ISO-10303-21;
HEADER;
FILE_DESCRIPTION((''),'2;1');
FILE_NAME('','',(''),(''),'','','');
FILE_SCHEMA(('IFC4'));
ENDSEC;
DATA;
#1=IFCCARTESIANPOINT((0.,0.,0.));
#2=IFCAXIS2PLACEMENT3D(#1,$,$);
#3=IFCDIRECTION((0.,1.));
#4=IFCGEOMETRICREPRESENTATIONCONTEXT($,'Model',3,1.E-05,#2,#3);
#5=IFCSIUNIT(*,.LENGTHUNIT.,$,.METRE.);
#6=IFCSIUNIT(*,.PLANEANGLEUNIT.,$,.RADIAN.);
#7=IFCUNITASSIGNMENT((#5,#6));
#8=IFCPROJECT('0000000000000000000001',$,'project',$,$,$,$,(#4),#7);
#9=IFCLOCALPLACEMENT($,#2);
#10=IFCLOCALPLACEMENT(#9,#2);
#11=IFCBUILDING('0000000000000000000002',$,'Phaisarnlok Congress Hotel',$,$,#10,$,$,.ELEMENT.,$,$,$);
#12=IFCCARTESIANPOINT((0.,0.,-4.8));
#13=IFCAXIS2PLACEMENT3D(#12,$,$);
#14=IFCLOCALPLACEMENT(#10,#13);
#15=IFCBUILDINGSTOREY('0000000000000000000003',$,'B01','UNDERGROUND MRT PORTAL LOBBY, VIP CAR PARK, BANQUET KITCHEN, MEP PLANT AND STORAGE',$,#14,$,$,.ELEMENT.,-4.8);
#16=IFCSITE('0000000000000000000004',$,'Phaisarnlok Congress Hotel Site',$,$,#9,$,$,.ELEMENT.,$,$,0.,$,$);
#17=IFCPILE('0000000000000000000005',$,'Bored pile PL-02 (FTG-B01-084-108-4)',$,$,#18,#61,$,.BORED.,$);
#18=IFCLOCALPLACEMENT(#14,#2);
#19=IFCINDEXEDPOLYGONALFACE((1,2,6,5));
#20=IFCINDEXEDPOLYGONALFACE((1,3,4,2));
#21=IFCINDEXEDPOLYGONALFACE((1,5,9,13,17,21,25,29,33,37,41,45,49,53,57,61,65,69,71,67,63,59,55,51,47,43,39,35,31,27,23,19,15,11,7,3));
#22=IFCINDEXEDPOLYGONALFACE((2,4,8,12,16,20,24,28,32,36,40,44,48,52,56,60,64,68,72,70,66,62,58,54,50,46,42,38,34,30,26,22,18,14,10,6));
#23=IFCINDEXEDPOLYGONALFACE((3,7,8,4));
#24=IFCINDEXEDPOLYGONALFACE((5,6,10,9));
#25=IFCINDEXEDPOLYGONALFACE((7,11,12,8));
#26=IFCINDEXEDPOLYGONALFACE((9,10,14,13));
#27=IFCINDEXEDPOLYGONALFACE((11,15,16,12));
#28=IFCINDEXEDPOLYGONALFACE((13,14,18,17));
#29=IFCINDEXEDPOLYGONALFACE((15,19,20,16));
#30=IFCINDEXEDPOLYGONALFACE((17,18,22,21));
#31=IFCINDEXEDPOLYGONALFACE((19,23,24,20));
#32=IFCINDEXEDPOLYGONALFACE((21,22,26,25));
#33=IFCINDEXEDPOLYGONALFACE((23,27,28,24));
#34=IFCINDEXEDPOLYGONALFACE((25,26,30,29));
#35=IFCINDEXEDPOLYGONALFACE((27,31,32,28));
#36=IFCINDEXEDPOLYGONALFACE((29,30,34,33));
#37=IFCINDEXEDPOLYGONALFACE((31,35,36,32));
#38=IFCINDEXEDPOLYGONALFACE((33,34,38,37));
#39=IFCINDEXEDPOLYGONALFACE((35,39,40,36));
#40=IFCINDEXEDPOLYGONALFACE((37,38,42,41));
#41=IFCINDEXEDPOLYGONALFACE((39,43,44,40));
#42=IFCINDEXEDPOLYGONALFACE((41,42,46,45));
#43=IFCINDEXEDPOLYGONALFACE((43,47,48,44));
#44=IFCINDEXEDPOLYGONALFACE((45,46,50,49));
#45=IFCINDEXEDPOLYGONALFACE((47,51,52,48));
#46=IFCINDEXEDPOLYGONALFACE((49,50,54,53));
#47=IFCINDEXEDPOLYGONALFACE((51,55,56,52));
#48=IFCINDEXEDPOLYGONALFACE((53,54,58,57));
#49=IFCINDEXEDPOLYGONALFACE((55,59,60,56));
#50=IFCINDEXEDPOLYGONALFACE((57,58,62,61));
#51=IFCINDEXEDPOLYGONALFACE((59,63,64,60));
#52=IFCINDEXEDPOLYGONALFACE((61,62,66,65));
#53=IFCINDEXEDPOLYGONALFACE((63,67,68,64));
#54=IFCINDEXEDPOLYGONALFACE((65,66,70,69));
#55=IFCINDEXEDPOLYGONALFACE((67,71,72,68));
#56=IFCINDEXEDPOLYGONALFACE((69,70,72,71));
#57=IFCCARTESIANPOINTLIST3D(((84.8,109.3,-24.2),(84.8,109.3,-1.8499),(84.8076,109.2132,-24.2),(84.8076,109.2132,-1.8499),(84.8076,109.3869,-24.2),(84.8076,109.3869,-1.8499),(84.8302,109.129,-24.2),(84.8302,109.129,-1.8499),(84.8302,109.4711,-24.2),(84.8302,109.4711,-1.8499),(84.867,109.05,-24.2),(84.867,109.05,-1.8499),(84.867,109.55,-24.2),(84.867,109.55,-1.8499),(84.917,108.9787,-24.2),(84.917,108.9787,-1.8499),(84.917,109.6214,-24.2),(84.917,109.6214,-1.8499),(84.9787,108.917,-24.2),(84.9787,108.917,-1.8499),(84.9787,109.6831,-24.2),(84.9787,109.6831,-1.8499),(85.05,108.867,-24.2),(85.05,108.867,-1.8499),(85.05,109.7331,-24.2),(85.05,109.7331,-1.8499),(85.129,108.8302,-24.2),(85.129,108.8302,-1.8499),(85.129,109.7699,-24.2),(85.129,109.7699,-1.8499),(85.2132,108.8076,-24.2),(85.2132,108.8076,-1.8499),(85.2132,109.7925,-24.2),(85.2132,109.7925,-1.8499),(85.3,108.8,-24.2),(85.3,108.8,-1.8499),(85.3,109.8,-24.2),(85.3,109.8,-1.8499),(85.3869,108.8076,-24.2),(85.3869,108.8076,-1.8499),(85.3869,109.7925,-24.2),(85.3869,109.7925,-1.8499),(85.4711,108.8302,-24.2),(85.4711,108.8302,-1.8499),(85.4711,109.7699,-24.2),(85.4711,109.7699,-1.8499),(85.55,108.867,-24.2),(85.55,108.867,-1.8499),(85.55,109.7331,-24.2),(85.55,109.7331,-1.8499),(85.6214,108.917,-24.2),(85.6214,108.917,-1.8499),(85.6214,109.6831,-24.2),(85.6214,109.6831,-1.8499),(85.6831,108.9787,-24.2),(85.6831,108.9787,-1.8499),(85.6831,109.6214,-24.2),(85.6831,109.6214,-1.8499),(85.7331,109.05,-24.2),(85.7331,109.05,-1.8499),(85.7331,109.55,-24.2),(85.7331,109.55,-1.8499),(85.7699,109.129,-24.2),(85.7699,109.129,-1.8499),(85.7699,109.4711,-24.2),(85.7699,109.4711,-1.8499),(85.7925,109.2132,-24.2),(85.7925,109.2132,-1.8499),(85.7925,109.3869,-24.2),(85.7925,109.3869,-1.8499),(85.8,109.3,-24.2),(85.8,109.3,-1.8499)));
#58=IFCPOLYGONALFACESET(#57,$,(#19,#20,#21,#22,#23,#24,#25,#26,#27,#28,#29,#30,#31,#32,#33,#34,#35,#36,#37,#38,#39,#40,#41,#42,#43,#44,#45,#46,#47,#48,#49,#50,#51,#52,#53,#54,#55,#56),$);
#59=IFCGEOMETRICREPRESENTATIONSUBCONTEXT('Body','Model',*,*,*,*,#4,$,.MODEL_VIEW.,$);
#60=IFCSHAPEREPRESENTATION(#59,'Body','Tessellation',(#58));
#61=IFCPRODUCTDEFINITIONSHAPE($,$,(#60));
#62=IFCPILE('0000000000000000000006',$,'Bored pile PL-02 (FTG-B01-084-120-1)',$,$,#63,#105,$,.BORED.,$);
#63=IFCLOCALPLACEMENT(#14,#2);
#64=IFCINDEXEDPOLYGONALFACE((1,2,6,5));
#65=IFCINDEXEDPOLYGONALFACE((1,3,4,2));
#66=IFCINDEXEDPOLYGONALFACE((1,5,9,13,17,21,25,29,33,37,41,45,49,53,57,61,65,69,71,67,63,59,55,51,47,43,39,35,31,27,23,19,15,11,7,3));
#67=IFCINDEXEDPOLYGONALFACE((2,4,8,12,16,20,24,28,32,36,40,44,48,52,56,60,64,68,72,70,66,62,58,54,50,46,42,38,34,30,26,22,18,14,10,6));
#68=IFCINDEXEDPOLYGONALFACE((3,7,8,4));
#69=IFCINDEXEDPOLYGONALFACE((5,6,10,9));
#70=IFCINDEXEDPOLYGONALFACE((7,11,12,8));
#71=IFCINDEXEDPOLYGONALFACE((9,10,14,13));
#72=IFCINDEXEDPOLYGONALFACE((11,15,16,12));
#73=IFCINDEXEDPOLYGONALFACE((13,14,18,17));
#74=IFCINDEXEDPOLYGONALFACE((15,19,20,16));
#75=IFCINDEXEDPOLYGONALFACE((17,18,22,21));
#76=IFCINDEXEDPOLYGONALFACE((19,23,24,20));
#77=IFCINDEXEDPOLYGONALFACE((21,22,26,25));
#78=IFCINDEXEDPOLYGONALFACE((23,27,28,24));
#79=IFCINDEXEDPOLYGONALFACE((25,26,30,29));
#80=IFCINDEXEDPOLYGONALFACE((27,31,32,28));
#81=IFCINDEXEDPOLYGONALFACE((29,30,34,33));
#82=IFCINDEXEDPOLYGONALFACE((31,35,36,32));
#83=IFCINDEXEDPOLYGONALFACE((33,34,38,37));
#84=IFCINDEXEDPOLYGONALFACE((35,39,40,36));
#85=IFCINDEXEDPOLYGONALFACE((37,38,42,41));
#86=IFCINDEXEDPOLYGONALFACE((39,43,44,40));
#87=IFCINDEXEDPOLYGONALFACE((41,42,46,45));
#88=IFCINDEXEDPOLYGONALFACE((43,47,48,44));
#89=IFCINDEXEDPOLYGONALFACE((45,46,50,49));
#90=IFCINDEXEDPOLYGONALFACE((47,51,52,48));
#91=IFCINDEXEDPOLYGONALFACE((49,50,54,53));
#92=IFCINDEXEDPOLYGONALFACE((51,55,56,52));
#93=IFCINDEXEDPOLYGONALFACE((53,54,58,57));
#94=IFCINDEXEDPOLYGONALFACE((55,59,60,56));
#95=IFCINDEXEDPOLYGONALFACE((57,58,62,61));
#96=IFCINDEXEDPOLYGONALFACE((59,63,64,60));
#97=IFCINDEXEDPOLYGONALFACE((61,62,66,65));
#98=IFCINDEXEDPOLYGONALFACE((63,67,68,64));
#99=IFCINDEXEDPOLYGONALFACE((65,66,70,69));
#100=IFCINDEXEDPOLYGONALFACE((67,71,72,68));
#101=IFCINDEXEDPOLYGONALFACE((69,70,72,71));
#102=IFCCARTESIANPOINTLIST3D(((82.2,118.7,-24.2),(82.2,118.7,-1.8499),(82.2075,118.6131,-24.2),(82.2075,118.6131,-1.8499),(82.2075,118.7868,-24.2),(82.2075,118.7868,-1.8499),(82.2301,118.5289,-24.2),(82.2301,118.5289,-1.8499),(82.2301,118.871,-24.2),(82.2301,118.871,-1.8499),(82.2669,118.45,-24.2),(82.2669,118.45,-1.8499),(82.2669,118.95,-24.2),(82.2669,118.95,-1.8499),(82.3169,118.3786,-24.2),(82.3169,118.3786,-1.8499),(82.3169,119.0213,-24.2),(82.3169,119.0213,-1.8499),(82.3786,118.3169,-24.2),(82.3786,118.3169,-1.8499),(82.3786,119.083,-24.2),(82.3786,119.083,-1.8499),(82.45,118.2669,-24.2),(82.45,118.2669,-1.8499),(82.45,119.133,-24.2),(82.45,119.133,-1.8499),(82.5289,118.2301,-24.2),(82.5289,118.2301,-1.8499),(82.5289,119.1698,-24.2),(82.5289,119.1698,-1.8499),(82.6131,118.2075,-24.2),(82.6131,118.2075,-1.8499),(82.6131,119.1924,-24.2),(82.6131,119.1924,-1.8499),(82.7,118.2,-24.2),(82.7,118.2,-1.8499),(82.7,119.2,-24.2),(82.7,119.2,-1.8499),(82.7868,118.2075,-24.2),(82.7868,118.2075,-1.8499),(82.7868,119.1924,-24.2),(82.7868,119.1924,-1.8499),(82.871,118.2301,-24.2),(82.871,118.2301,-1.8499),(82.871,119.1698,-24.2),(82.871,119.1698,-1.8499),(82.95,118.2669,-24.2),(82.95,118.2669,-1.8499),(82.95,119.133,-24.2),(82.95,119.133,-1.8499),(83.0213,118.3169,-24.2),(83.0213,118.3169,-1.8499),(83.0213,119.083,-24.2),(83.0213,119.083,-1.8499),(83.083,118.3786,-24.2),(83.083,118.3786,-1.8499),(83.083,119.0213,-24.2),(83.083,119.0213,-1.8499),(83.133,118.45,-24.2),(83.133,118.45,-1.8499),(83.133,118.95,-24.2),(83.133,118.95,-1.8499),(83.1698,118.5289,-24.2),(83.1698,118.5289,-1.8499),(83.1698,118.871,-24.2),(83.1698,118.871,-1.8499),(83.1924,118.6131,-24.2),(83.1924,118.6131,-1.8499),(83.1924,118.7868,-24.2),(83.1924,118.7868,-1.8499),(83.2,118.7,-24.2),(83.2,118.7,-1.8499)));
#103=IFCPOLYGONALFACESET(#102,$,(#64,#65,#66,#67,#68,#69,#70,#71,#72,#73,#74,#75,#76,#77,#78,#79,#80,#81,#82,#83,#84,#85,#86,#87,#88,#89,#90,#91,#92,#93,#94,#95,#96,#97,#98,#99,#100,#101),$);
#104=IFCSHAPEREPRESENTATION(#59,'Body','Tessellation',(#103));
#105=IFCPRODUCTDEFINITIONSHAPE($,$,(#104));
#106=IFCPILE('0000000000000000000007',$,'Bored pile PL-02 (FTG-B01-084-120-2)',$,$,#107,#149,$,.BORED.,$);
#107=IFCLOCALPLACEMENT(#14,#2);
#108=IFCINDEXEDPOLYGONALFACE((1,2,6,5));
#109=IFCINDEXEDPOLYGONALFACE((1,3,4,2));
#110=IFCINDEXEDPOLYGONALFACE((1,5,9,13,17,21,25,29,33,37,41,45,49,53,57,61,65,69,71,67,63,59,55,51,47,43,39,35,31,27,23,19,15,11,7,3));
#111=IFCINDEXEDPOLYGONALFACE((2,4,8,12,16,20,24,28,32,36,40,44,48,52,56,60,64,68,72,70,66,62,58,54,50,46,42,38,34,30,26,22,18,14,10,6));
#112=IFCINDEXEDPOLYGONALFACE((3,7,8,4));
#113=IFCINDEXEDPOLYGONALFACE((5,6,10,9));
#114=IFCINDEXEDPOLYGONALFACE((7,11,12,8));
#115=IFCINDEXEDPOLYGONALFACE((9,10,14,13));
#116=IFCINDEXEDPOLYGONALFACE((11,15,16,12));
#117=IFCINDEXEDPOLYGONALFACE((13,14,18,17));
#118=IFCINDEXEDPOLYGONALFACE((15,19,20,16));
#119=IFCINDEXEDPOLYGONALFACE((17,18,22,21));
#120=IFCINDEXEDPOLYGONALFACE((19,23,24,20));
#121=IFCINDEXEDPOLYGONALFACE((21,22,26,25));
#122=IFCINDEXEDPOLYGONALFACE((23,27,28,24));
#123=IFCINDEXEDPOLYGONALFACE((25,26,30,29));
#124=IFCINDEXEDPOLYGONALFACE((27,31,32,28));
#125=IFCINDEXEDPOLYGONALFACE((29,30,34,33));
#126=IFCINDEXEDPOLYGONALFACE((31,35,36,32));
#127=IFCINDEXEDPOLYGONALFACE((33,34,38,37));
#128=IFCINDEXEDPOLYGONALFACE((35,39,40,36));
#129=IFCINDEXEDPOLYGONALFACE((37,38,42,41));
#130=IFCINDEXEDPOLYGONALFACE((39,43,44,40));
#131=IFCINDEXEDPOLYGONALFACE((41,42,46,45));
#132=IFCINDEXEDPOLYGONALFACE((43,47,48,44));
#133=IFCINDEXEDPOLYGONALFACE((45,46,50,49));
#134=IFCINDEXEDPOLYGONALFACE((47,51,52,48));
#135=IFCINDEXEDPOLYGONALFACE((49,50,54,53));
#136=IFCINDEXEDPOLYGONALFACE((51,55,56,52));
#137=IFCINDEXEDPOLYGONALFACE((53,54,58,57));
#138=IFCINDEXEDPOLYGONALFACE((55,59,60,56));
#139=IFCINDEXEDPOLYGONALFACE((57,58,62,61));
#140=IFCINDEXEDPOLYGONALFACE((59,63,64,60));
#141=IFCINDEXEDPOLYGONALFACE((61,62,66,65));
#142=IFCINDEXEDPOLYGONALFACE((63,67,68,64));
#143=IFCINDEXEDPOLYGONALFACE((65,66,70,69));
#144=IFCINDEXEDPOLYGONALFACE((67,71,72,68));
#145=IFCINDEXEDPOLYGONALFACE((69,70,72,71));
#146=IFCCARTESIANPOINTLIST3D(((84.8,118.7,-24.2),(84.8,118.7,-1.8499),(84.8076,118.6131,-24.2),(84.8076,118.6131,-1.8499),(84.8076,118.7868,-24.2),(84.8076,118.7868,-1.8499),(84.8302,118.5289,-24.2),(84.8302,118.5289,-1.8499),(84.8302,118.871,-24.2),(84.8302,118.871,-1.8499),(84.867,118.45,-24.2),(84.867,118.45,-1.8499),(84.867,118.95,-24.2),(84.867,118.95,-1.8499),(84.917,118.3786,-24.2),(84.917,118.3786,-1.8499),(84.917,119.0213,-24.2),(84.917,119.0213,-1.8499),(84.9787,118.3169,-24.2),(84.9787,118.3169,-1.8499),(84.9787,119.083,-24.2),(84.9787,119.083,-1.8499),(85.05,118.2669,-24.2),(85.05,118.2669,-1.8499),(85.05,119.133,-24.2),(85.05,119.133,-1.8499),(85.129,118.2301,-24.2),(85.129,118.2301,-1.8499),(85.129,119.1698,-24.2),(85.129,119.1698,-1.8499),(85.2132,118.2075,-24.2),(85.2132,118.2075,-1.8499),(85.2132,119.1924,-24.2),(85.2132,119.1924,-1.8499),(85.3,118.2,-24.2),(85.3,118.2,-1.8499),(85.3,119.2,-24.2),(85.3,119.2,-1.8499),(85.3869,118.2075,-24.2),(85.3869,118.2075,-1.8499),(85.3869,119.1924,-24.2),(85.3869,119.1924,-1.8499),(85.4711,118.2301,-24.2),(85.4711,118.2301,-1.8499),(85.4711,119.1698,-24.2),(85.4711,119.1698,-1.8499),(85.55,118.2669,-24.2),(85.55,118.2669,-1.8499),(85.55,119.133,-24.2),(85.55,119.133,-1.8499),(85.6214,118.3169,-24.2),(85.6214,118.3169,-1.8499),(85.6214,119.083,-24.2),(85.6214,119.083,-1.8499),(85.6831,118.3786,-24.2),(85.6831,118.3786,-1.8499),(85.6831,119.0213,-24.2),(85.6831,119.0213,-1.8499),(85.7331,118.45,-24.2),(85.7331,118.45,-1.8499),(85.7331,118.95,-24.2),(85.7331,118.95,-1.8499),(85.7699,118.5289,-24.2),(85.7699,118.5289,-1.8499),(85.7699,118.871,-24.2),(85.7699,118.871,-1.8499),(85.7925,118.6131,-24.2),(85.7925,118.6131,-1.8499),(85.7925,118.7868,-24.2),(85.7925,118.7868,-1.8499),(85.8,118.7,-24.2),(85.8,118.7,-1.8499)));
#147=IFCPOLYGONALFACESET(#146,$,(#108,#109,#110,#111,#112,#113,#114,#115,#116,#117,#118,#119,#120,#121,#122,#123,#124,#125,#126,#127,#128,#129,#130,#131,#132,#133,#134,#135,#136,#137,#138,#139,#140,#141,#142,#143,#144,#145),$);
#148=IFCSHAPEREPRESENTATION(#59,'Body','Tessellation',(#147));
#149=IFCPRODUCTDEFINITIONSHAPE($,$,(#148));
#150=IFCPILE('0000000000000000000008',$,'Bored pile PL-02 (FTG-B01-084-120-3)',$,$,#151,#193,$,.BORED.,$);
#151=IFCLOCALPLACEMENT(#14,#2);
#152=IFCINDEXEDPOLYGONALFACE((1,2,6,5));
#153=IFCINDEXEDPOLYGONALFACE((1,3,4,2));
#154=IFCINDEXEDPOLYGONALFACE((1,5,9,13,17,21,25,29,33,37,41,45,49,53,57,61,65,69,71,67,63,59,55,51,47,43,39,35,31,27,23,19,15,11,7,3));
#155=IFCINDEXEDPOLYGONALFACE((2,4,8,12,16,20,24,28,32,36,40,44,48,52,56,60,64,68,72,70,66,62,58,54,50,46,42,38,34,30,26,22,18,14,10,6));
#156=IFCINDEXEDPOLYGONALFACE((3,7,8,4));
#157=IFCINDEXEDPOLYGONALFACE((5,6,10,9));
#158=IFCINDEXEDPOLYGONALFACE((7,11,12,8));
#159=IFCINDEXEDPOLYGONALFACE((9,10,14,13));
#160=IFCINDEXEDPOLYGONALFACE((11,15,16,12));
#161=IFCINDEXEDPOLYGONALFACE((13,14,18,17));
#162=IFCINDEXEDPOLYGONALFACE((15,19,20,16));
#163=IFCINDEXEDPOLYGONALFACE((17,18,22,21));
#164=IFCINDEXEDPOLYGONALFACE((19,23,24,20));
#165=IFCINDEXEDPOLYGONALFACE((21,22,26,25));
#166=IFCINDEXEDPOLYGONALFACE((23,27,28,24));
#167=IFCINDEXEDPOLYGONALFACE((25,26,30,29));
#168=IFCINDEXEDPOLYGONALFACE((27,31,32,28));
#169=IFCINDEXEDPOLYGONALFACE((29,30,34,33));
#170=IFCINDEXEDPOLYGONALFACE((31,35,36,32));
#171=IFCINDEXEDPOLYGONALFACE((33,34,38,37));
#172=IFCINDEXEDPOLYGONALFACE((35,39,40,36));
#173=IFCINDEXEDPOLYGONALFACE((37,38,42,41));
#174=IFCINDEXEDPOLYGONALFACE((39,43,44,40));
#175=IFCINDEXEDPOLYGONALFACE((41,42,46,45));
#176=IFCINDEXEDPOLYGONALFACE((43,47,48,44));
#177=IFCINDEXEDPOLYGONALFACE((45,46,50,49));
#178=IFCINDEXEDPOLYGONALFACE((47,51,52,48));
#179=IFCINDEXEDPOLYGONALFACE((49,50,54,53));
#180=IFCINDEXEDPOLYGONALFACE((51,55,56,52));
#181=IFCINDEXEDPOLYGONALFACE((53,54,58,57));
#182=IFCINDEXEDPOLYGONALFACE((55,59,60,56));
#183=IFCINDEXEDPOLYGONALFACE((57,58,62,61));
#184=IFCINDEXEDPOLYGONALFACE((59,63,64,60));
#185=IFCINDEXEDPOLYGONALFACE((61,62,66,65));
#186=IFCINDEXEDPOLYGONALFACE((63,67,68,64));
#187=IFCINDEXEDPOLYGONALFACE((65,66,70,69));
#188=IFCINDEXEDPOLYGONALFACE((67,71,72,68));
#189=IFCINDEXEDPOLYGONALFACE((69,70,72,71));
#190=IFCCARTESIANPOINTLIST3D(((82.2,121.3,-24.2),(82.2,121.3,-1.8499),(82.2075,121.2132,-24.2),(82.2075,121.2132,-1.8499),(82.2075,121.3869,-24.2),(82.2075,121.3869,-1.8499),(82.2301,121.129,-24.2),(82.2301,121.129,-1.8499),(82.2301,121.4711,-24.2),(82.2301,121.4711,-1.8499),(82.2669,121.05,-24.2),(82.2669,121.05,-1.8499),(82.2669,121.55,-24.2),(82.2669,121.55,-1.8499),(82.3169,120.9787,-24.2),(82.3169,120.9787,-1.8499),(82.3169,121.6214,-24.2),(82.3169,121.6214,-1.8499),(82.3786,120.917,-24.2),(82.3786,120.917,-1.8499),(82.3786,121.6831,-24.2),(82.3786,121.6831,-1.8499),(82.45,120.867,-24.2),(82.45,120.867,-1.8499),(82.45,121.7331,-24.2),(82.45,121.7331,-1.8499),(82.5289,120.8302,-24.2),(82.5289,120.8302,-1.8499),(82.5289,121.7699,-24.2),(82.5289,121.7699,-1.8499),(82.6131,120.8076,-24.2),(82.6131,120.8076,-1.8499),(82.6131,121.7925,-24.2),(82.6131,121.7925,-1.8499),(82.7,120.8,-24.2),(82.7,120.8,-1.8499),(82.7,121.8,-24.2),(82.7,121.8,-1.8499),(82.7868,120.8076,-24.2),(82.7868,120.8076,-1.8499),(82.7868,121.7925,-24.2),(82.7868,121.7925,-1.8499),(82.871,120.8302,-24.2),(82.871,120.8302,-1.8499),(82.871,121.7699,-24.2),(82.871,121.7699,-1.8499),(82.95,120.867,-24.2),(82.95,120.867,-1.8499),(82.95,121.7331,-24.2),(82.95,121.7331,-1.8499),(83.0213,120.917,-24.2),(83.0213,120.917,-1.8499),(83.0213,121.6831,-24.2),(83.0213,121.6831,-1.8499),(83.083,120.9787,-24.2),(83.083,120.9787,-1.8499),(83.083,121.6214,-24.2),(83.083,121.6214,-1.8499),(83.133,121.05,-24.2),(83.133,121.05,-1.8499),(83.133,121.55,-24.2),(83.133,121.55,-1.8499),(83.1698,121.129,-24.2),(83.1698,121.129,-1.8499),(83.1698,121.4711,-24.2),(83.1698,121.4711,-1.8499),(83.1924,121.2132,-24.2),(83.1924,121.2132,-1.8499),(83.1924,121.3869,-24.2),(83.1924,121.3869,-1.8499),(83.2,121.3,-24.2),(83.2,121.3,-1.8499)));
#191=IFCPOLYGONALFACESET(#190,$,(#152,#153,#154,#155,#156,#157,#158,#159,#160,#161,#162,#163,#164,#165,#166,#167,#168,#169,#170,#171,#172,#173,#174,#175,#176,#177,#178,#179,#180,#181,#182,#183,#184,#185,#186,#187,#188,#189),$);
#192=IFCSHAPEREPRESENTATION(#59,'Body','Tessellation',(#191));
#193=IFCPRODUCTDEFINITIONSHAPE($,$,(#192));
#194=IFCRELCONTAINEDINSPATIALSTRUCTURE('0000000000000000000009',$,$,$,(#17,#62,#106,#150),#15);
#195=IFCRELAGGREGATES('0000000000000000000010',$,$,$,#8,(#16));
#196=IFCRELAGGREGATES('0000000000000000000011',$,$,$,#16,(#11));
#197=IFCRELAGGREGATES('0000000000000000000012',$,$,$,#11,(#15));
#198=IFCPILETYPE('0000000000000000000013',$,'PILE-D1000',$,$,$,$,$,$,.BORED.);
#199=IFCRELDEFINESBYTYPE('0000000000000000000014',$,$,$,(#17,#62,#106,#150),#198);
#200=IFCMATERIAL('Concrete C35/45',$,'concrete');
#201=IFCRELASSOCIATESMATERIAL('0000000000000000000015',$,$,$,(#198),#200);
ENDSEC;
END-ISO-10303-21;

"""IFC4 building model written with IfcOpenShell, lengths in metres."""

from ifc_helpers import new_model, si_unit, direction, frame, origin, origin_2d, place, context, subcontext, project, spatial, circle, extrude, material, material_profile, profile_set, type_object, element, save


model = new_model("IFC4")

# Units and contexts
model_context = context("Model", 3, precision=1e-05, world=origin(), true_north=direction((0.0, 1.0)))
body_context = subcontext(model_context, "Body", "Model", "MODEL_VIEW")
ifc_project = project(units=[si_unit("LENGTHUNIT", "METRE"), si_unit("PLANEANGLEUNIT", "RADIAN")], contexts=[model_context])

# Site, building, storey
site_placement = place(None, origin())
site = spatial("IfcSite", under=ifc_project, at=site_placement, Name="Phaisarnlok Congress Hotel Site", CompositionType="ELEMENT", RefElevation=0.0)
building_placement = place(site_placement, origin())
building = spatial("IfcBuilding", under=site, at=building_placement, Name="Phaisarnlok Congress Hotel", CompositionType="ELEMENT")
storey_placement = place(building_placement, frame((0.0, 0.0, -4.8)))
storey = spatial("IfcBuildingStorey", under=building, at=storey_placement, Name="B01", Description="UNDERGROUND MRT PORTAL LOBBY, VIP CAR PARK, BANQUET KITCHEN, MEP PLANT AND STORAGE", CompositionType="ELEMENT", Elevation=-4.8)

# Piles
ifc_material_1 = material(Name="Concrete C35/45", Category="concrete")
ifc_material_profile_1 = material_profile(ifc_material_1, circle(Radius=0.5, at=origin_2d()), Name="BORED PILE D1000")
ifc_profile_set_1 = profile_set([ifc_material_profile_1], Name="Concrete C35/45")
pile_type_1 = type_object("IfcPileType", Name="PILE-D1000", PredefinedType="BORED", material=ifc_profile_set_1)
for number, where, z_axis, x_axis, name in (
    (1, (85.3, 109.3, -1.8499), (0.0, 0.0, -1.0), (1.0, 0.0, 0.0), "Bored pile PL-02 (FTG-B01-084-108-4)"),
    (2, (82.7, 118.7, -1.8499), (0.0, 0.0, -1.0), (1.0, 0.0, 0.0), "Bored pile PL-02 (FTG-B01-084-120-1)"),
    (3, (85.3, 118.7, -1.8499), (0.0, 0.0, -1.0), (1.0, 0.0, 0.0), "Bored pile PL-02 (FTG-B01-084-120-2)"),
    (4, (82.7, 121.3, -1.8499), (0.0, 0.0, -1.0), (1.0, 0.0, 0.0), "Bored pile PL-02 (FTG-B01-084-120-3)"),
):
    element("IfcPile", number, at=place(storey_placement, frame(where, z_axis=z_axis, x_axis=x_axis)), inside=storey, type_object=pile_type_1, Name=name, PredefinedType="BORED", context=body_context, shape_type="SweptSolid", body=[
        extrude(circle(Radius=0.5, at=origin_2d()), origin(), (0.0, 0.0, 1.0), 22.3501),
    ])

save(model, "model.ifc")
